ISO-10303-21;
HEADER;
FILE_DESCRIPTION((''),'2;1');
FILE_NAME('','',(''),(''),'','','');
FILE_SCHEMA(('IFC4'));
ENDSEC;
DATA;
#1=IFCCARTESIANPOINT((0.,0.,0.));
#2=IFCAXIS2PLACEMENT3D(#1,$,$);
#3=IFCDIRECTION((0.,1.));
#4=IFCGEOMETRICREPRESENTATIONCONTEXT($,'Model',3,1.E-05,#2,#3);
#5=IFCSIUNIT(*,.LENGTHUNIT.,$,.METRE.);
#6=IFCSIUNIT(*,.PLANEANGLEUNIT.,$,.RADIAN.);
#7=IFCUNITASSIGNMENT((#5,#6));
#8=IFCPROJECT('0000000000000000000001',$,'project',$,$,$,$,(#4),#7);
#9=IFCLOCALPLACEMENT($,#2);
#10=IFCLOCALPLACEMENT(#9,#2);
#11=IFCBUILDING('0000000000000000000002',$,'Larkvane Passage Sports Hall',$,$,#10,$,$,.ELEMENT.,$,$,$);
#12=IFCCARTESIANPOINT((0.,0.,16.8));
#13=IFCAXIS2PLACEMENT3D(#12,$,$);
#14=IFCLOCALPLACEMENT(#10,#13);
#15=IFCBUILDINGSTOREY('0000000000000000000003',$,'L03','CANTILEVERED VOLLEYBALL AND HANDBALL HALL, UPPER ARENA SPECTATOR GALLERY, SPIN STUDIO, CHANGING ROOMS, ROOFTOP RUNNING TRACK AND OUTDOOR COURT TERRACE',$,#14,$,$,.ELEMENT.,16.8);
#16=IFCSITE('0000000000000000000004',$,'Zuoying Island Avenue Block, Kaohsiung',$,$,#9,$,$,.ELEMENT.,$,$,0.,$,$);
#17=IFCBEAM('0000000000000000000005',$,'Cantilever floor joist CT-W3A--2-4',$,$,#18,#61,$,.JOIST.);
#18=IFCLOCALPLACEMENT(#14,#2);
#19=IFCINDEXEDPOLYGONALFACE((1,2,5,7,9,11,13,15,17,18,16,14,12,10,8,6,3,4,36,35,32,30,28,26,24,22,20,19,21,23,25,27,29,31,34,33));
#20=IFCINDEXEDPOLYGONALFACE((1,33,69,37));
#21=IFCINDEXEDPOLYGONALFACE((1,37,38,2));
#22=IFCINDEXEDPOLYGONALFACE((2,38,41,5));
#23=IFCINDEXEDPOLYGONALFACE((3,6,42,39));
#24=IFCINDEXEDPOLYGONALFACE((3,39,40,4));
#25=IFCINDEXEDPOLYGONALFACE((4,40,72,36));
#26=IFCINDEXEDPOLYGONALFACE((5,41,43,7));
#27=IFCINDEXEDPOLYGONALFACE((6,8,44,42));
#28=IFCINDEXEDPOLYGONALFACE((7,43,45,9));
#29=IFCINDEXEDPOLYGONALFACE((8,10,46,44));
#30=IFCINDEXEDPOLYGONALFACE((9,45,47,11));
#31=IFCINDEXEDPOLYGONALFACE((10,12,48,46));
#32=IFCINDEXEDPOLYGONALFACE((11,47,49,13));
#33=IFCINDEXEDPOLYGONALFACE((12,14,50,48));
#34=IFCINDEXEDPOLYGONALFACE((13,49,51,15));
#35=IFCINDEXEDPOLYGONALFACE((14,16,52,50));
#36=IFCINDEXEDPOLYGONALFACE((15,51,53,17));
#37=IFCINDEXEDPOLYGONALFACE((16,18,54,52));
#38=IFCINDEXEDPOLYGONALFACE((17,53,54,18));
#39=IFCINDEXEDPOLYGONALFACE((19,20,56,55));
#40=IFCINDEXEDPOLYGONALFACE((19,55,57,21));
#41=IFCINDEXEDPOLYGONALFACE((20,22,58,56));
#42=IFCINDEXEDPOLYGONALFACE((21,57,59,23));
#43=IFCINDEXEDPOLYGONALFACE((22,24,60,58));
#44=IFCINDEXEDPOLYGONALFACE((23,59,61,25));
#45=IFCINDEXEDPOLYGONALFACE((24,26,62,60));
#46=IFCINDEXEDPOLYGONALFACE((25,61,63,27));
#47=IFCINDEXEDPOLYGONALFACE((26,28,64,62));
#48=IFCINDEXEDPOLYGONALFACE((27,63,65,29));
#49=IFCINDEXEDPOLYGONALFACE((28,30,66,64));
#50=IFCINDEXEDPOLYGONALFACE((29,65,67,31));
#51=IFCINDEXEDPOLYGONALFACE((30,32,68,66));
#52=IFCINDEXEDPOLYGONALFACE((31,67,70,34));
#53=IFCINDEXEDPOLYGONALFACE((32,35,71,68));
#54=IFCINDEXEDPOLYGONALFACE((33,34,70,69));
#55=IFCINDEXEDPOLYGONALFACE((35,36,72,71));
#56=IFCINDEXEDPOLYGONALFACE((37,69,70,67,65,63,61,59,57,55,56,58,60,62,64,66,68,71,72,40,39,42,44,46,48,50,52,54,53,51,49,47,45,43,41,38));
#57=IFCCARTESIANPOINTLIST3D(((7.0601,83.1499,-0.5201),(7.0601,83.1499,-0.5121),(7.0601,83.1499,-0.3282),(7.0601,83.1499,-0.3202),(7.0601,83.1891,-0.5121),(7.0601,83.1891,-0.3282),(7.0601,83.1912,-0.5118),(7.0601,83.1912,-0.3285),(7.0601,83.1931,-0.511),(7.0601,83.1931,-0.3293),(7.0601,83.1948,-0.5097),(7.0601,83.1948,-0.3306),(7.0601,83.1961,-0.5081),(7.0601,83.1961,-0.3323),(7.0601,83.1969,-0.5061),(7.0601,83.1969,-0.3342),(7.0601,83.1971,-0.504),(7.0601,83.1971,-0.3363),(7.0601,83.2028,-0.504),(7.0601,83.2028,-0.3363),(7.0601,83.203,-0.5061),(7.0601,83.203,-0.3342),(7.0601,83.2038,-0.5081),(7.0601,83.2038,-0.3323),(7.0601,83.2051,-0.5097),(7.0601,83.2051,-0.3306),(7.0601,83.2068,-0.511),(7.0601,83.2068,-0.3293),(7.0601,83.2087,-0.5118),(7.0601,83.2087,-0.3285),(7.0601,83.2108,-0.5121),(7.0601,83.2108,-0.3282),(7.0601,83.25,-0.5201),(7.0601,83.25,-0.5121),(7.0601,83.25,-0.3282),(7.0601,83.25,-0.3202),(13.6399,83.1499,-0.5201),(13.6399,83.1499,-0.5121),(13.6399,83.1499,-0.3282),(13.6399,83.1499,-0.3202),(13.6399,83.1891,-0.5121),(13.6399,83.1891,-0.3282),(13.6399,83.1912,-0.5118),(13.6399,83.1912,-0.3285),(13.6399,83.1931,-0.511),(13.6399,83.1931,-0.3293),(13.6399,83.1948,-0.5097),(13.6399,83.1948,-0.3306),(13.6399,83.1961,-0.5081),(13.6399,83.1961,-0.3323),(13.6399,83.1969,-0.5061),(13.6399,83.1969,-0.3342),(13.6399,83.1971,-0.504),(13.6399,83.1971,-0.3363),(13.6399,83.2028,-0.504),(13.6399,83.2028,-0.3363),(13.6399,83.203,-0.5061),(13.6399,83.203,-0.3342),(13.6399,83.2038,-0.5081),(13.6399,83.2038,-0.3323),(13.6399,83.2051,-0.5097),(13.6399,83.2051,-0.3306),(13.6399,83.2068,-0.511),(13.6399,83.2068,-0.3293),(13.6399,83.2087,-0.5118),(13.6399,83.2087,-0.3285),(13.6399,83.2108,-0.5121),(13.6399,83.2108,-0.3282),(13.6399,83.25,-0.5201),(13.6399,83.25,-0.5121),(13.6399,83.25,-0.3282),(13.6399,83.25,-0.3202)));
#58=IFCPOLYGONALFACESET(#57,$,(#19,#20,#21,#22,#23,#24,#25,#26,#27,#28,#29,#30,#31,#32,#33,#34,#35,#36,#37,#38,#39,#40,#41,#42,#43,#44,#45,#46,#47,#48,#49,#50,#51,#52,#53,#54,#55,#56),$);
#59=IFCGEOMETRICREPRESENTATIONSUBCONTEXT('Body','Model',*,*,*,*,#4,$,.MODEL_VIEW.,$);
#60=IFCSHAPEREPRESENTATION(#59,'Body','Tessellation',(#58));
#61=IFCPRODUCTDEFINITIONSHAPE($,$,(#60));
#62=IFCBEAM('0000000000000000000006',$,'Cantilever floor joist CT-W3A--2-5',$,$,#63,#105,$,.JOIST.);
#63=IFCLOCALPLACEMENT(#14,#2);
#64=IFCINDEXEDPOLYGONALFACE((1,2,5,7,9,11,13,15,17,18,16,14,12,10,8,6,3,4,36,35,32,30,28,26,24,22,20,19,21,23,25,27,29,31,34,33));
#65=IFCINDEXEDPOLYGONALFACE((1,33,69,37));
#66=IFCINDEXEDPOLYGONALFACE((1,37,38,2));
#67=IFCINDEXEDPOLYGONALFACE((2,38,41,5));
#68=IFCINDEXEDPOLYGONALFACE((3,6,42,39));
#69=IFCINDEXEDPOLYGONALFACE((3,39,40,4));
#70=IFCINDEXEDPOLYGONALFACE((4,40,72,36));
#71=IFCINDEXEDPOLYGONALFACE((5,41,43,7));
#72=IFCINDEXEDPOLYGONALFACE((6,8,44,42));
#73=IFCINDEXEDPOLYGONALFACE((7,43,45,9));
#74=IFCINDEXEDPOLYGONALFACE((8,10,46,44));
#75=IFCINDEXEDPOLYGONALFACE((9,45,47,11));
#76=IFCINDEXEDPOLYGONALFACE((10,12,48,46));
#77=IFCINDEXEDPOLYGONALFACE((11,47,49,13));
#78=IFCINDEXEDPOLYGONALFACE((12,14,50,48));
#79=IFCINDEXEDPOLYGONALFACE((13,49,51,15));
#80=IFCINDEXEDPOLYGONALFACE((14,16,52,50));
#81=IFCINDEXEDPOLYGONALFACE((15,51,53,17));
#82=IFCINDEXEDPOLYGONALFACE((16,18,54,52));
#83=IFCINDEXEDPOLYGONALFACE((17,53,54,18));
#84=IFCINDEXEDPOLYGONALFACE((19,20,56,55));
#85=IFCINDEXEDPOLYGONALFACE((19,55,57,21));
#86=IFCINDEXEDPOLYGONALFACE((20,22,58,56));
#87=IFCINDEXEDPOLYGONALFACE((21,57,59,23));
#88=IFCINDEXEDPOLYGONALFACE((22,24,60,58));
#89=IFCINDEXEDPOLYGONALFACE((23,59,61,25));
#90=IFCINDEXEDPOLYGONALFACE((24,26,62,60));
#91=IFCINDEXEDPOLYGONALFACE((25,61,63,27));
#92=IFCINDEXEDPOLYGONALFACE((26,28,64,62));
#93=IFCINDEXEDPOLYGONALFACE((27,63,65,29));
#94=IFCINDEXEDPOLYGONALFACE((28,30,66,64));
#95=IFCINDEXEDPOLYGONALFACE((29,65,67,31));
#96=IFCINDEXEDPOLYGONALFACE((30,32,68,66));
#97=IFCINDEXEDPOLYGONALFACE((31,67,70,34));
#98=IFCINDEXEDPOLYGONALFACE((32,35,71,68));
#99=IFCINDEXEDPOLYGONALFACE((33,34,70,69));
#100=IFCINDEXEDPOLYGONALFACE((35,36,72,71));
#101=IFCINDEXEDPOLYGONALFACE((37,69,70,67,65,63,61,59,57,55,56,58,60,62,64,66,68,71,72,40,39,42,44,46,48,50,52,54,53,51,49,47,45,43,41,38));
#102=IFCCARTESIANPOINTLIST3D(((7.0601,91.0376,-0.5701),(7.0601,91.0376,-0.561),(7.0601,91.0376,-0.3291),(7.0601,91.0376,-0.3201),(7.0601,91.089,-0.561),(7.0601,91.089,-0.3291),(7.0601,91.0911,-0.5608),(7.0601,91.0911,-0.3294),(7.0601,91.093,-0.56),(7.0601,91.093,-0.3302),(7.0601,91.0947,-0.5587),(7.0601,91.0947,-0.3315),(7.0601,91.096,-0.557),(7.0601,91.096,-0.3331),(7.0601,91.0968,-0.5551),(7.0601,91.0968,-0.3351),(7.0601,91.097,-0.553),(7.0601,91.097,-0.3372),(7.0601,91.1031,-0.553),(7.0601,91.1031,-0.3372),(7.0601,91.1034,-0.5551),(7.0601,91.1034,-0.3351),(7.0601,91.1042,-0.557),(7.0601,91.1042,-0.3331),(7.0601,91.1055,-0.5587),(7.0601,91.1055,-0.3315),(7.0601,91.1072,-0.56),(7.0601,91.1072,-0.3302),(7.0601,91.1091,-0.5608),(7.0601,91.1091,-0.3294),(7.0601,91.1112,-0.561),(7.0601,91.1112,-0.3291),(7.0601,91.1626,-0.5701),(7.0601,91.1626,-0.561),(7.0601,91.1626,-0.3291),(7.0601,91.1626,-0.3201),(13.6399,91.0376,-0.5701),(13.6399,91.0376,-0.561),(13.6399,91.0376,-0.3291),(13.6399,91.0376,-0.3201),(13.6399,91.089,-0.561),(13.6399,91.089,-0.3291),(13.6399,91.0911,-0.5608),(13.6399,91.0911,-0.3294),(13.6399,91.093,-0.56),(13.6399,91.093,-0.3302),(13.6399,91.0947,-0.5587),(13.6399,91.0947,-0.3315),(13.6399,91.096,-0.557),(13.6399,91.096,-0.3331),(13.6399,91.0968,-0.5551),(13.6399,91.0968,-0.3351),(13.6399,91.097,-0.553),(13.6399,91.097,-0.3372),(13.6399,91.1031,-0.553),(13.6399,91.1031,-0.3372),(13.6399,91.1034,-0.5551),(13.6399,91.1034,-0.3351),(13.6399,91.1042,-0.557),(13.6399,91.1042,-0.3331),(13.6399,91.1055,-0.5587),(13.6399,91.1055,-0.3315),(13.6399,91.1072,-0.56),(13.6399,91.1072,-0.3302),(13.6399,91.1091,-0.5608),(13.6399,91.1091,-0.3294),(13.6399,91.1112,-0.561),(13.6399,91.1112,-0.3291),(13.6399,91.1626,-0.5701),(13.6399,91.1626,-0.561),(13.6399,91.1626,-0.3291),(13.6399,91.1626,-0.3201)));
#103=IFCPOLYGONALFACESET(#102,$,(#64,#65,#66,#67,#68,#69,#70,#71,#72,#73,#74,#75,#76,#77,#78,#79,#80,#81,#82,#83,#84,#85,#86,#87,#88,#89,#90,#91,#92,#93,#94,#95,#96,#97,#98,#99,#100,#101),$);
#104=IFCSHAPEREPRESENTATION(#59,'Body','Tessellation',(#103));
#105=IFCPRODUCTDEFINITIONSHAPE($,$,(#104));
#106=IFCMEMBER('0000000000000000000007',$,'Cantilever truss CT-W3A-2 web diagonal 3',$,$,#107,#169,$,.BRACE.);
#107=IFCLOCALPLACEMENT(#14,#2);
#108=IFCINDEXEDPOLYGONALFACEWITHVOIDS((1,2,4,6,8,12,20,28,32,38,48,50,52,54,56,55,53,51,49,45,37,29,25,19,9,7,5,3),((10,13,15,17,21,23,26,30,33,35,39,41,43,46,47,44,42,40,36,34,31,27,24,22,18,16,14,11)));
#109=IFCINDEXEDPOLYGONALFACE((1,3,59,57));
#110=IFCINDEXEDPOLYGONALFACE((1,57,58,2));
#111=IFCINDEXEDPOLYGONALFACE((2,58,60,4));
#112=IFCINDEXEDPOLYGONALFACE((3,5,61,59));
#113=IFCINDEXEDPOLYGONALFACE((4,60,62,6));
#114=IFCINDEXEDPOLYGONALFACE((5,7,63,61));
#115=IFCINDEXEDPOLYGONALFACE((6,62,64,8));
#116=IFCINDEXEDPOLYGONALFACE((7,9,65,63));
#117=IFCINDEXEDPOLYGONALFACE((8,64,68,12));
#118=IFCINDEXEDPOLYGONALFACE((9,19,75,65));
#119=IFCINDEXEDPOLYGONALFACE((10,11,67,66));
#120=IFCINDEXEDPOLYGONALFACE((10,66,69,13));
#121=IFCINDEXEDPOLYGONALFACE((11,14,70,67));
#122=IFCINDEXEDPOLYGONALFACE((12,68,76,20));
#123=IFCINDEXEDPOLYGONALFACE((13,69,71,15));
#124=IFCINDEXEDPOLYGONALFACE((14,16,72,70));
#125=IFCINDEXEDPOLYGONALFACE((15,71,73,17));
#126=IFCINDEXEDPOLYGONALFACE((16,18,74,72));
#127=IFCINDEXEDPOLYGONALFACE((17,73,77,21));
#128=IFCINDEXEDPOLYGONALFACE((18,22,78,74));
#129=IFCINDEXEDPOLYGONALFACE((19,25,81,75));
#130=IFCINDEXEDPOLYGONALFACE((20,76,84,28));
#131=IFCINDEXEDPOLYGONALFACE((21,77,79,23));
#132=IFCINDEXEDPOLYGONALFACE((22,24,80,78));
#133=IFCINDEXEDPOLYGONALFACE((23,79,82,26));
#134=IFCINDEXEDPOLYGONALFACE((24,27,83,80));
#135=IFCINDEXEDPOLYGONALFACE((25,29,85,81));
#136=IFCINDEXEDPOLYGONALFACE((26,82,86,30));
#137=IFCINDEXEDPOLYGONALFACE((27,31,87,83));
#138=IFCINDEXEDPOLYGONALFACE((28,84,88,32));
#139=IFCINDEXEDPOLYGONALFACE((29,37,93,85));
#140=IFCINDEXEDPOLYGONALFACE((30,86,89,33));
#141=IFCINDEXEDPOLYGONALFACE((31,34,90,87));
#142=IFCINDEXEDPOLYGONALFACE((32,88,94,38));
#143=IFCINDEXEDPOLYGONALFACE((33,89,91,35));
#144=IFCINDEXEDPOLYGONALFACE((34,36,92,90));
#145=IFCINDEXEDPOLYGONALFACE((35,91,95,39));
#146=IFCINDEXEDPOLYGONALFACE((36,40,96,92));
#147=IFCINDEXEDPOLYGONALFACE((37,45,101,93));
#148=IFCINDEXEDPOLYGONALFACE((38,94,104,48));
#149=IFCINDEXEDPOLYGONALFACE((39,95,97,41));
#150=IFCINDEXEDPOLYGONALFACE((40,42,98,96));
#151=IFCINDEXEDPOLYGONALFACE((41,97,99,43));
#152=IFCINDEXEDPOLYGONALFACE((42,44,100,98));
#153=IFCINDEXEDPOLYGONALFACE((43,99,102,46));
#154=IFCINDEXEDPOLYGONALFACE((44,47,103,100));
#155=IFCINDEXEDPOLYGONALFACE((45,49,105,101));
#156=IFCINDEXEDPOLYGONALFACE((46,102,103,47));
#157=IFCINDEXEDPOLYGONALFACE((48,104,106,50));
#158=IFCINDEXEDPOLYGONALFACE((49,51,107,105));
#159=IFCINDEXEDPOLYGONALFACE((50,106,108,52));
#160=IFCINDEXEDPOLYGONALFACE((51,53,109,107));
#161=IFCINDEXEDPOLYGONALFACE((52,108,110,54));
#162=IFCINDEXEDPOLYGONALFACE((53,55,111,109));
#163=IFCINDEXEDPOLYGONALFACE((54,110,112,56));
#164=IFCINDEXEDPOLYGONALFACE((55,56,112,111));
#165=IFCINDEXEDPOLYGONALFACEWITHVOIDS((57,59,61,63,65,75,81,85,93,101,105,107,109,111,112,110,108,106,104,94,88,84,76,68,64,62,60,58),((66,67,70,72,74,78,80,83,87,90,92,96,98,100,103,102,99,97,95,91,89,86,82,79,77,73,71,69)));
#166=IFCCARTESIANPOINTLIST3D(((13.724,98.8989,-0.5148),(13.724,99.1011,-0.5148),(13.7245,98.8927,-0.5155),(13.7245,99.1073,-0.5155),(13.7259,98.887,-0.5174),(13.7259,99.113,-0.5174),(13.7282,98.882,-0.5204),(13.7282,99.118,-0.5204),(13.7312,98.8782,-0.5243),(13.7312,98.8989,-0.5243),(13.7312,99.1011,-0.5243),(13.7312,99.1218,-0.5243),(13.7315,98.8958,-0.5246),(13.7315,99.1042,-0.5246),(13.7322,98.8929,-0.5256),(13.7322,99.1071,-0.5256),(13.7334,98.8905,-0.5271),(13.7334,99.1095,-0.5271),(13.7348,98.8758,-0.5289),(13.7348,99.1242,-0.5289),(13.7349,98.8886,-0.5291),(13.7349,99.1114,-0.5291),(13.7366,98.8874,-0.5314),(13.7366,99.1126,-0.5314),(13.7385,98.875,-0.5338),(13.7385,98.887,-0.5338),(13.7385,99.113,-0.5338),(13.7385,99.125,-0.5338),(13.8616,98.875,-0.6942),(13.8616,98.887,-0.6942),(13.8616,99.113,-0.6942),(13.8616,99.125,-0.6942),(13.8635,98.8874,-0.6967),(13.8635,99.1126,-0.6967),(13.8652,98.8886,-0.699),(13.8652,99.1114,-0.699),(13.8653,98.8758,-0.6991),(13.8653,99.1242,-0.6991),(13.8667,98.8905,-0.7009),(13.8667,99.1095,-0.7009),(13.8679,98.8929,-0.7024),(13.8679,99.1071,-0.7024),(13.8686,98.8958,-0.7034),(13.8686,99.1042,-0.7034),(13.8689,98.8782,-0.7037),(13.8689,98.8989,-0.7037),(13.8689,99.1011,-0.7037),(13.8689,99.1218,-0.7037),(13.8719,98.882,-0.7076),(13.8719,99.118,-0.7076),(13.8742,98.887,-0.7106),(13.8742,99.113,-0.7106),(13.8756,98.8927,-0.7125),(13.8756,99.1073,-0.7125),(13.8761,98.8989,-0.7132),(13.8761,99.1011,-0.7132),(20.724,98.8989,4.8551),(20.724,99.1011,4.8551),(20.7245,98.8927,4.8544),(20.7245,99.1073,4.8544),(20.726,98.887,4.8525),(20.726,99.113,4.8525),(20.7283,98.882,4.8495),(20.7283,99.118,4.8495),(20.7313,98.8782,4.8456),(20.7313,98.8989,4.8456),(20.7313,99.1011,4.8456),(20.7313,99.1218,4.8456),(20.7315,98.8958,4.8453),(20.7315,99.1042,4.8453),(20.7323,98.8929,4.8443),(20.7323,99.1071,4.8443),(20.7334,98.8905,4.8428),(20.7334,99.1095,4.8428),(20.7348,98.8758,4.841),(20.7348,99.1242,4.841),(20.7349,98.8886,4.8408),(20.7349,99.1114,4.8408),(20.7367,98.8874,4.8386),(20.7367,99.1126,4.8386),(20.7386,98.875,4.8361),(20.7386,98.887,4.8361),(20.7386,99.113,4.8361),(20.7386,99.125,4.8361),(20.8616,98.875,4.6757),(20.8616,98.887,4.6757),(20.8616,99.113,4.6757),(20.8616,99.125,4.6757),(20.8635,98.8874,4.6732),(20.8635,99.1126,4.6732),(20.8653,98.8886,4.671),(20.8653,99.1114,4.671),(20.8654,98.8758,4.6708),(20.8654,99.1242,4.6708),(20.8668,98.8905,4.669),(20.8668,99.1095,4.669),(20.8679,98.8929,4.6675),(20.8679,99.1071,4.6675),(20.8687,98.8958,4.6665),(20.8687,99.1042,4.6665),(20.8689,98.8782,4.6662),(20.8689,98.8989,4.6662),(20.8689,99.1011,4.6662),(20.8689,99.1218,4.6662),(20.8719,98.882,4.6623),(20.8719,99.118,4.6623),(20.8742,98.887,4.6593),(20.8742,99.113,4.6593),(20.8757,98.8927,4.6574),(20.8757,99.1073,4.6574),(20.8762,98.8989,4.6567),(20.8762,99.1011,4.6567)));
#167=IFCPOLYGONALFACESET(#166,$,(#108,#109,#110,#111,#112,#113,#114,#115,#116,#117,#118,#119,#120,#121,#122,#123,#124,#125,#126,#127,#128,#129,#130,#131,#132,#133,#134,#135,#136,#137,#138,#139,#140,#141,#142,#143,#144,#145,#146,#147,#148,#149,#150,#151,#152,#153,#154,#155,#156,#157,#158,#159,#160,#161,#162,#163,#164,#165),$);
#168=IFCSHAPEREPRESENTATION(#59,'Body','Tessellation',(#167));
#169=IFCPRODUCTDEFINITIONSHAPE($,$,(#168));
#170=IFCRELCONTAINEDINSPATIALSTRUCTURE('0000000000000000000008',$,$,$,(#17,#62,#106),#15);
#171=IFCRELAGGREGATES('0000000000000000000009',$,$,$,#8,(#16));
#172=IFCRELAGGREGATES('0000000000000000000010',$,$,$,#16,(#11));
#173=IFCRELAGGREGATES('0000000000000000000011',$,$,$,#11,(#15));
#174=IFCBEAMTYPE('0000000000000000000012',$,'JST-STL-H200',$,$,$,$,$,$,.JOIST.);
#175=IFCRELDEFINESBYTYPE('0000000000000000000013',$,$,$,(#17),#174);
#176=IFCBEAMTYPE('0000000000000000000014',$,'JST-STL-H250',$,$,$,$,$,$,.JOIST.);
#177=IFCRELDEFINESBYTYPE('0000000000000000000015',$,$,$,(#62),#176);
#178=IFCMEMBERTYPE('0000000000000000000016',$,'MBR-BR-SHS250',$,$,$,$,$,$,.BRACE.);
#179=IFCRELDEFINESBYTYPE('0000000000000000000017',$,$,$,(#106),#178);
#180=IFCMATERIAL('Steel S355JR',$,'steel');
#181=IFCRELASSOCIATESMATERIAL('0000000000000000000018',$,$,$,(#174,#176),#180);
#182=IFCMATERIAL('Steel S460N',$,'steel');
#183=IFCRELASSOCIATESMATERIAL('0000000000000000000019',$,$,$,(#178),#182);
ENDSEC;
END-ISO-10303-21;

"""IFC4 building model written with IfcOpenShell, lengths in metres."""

from ifc_helpers import new_model, si_unit, direction, frame, origin, origin_2d, place, context, subcontext, project, spatial, hollow_rectangle, i_section, extrude, material, material_profile, profile_set, type_object, element, save


model = new_model("IFC4")

# Units and contexts
model_context = context("Model", 3, precision=1e-05, world=origin(), true_north=direction((0.0, 1.0)))
body_context = subcontext(model_context, "Body", "Model", "MODEL_VIEW")
ifc_project = project(units=[si_unit("LENGTHUNIT", "METRE"), si_unit("PLANEANGLEUNIT", "RADIAN")], contexts=[model_context])

# Site, building, storey
site_placement = place(None, origin())
site = spatial("IfcSite", under=ifc_project, at=site_placement, Name="Zuoying Island Avenue Block, Kaohsiung", CompositionType="ELEMENT", RefElevation=0.0)
building_placement = place(site_placement, origin())
building = spatial("IfcBuilding", under=site, at=building_placement, Name="Larkvane Passage Sports Hall", CompositionType="ELEMENT")
storey_placement = place(building_placement, frame((0.0, 0.0, 16.8)))
storey = spatial("IfcBuildingStorey", under=building, at=storey_placement, Name="L03", Description="CANTILEVERED VOLLEYBALL AND HANDBALL HALL, UPPER ARENA SPECTATOR GALLERY, SPIN STUDIO, CHANGING ROOMS, ROOFTOP RUNNING TRACK AND OUTDOOR COURT TERRACE", CompositionType="ELEMENT", Elevation=16.8)

# Beams
ifc_material_1 = material(Name="Steel S460N", Category="steel")
ifc_material_2 = material(Name="Steel S355JR", Category="steel")
ifc_material_profile_1 = material_profile(ifc_material_2, i_section(OverallWidth=0.1001, OverallDepth=0.2, WebThickness=0.0056, FlangeThickness=0.0081, FilletRadius=0.0081, at=origin_2d()), Name="H-200x100x5.5x8")
ifc_profile_set_1 = profile_set([ifc_material_profile_1], Name="Steel S355JR")
beam_type_1 = type_object("IfcBeamType", Name="JST-STL-H200", PredefinedType="JOIST", material=ifc_profile_set_1)
beam_1_placement = place(storey_placement, frame((7.0601, 83.2, -0.4202), z_axis=(1.0, 0.0, 0.0), x_axis=(0.0, 1.0, 0.0)))
element("IfcBeam", 1, at=beam_1_placement, inside=storey, type_object=beam_type_1, Name="Cantilever floor joist CT-W3A--2-4", PredefinedType="JOIST", context=body_context, shape_type="SweptSolid", body=[
    extrude(i_section(OverallWidth=0.1001, OverallDepth=0.2, WebThickness=0.0056, FlangeThickness=0.0081, FilletRadius=0.0081, at=origin_2d()), origin(), (0.0, 0.0, 1.0), 6.5798),
])
ifc_material_profile_2 = material_profile(ifc_material_2, i_section(OverallWidth=0.125, OverallDepth=0.25, WebThickness=0.0061, FlangeThickness=0.009, FilletRadius=0.0081, at=origin_2d()), Name="H-250x125x6x9")
ifc_profile_set_2 = profile_set([ifc_material_profile_2], Name="Steel S355JR")
beam_type_2 = type_object("IfcBeamType", Name="JST-STL-H250", PredefinedType="JOIST", material=ifc_profile_set_2)
beam_2_placement = place(storey_placement, frame((7.0601, 91.1001, -0.4451), z_axis=(1.0, 0.0, 0.0), x_axis=(0.0, 1.0, 0.0)))
element("IfcBeam", 2, at=beam_2_placement, inside=storey, type_object=beam_type_2, Name="Cantilever floor joist CT-W3A--2-5", PredefinedType="JOIST", context=body_context, shape_type="SweptSolid", body=[
    extrude(i_section(OverallWidth=0.125, OverallDepth=0.25, WebThickness=0.0061, FlangeThickness=0.009, FilletRadius=0.0081, at=origin_2d()), origin(), (0.0, 0.0, 1.0), 6.5798),
])

# Member
ifc_material_profile_3 = material_profile(ifc_material_1, hollow_rectangle(XDim=0.25, YDim=0.25, WallThickness=0.012, InnerFilletRadius=0.012, OuterFilletRadius=0.0239, at=origin_2d()), Name="SHS-250x250x12")
ifc_profile_set_3 = profile_set([ifc_material_profile_3], Name="Steel S460N")
member_type_1 = type_object("IfcMemberType", Name="MBR-BR-SHS250", PredefinedType="BRACE", material=ifc_profile_set_3)
member_1_placement = place(storey_placement, frame((13.8, 99.0, -0.614), z_axis=(0.793431, 0.0, 0.60866), x_axis=(0.0, 1.0, 0.0)))
element("IfcMember", 3, at=member_1_placement, inside=storey, type_object=member_type_1, Name="Cantilever truss CT-W3A-2 web diagonal 3", PredefinedType="BRACE", context=body_context, shape_type="SweptSolid", body=[
    extrude(hollow_rectangle(XDim=0.25, YDim=0.25, WallThickness=0.012, InnerFilletRadius=0.012, OuterFilletRadius=0.0239, at=origin_2d()), origin(), (0.0, 0.0, 1.0), 8.8225),
])

save(model, "model.ifc")
